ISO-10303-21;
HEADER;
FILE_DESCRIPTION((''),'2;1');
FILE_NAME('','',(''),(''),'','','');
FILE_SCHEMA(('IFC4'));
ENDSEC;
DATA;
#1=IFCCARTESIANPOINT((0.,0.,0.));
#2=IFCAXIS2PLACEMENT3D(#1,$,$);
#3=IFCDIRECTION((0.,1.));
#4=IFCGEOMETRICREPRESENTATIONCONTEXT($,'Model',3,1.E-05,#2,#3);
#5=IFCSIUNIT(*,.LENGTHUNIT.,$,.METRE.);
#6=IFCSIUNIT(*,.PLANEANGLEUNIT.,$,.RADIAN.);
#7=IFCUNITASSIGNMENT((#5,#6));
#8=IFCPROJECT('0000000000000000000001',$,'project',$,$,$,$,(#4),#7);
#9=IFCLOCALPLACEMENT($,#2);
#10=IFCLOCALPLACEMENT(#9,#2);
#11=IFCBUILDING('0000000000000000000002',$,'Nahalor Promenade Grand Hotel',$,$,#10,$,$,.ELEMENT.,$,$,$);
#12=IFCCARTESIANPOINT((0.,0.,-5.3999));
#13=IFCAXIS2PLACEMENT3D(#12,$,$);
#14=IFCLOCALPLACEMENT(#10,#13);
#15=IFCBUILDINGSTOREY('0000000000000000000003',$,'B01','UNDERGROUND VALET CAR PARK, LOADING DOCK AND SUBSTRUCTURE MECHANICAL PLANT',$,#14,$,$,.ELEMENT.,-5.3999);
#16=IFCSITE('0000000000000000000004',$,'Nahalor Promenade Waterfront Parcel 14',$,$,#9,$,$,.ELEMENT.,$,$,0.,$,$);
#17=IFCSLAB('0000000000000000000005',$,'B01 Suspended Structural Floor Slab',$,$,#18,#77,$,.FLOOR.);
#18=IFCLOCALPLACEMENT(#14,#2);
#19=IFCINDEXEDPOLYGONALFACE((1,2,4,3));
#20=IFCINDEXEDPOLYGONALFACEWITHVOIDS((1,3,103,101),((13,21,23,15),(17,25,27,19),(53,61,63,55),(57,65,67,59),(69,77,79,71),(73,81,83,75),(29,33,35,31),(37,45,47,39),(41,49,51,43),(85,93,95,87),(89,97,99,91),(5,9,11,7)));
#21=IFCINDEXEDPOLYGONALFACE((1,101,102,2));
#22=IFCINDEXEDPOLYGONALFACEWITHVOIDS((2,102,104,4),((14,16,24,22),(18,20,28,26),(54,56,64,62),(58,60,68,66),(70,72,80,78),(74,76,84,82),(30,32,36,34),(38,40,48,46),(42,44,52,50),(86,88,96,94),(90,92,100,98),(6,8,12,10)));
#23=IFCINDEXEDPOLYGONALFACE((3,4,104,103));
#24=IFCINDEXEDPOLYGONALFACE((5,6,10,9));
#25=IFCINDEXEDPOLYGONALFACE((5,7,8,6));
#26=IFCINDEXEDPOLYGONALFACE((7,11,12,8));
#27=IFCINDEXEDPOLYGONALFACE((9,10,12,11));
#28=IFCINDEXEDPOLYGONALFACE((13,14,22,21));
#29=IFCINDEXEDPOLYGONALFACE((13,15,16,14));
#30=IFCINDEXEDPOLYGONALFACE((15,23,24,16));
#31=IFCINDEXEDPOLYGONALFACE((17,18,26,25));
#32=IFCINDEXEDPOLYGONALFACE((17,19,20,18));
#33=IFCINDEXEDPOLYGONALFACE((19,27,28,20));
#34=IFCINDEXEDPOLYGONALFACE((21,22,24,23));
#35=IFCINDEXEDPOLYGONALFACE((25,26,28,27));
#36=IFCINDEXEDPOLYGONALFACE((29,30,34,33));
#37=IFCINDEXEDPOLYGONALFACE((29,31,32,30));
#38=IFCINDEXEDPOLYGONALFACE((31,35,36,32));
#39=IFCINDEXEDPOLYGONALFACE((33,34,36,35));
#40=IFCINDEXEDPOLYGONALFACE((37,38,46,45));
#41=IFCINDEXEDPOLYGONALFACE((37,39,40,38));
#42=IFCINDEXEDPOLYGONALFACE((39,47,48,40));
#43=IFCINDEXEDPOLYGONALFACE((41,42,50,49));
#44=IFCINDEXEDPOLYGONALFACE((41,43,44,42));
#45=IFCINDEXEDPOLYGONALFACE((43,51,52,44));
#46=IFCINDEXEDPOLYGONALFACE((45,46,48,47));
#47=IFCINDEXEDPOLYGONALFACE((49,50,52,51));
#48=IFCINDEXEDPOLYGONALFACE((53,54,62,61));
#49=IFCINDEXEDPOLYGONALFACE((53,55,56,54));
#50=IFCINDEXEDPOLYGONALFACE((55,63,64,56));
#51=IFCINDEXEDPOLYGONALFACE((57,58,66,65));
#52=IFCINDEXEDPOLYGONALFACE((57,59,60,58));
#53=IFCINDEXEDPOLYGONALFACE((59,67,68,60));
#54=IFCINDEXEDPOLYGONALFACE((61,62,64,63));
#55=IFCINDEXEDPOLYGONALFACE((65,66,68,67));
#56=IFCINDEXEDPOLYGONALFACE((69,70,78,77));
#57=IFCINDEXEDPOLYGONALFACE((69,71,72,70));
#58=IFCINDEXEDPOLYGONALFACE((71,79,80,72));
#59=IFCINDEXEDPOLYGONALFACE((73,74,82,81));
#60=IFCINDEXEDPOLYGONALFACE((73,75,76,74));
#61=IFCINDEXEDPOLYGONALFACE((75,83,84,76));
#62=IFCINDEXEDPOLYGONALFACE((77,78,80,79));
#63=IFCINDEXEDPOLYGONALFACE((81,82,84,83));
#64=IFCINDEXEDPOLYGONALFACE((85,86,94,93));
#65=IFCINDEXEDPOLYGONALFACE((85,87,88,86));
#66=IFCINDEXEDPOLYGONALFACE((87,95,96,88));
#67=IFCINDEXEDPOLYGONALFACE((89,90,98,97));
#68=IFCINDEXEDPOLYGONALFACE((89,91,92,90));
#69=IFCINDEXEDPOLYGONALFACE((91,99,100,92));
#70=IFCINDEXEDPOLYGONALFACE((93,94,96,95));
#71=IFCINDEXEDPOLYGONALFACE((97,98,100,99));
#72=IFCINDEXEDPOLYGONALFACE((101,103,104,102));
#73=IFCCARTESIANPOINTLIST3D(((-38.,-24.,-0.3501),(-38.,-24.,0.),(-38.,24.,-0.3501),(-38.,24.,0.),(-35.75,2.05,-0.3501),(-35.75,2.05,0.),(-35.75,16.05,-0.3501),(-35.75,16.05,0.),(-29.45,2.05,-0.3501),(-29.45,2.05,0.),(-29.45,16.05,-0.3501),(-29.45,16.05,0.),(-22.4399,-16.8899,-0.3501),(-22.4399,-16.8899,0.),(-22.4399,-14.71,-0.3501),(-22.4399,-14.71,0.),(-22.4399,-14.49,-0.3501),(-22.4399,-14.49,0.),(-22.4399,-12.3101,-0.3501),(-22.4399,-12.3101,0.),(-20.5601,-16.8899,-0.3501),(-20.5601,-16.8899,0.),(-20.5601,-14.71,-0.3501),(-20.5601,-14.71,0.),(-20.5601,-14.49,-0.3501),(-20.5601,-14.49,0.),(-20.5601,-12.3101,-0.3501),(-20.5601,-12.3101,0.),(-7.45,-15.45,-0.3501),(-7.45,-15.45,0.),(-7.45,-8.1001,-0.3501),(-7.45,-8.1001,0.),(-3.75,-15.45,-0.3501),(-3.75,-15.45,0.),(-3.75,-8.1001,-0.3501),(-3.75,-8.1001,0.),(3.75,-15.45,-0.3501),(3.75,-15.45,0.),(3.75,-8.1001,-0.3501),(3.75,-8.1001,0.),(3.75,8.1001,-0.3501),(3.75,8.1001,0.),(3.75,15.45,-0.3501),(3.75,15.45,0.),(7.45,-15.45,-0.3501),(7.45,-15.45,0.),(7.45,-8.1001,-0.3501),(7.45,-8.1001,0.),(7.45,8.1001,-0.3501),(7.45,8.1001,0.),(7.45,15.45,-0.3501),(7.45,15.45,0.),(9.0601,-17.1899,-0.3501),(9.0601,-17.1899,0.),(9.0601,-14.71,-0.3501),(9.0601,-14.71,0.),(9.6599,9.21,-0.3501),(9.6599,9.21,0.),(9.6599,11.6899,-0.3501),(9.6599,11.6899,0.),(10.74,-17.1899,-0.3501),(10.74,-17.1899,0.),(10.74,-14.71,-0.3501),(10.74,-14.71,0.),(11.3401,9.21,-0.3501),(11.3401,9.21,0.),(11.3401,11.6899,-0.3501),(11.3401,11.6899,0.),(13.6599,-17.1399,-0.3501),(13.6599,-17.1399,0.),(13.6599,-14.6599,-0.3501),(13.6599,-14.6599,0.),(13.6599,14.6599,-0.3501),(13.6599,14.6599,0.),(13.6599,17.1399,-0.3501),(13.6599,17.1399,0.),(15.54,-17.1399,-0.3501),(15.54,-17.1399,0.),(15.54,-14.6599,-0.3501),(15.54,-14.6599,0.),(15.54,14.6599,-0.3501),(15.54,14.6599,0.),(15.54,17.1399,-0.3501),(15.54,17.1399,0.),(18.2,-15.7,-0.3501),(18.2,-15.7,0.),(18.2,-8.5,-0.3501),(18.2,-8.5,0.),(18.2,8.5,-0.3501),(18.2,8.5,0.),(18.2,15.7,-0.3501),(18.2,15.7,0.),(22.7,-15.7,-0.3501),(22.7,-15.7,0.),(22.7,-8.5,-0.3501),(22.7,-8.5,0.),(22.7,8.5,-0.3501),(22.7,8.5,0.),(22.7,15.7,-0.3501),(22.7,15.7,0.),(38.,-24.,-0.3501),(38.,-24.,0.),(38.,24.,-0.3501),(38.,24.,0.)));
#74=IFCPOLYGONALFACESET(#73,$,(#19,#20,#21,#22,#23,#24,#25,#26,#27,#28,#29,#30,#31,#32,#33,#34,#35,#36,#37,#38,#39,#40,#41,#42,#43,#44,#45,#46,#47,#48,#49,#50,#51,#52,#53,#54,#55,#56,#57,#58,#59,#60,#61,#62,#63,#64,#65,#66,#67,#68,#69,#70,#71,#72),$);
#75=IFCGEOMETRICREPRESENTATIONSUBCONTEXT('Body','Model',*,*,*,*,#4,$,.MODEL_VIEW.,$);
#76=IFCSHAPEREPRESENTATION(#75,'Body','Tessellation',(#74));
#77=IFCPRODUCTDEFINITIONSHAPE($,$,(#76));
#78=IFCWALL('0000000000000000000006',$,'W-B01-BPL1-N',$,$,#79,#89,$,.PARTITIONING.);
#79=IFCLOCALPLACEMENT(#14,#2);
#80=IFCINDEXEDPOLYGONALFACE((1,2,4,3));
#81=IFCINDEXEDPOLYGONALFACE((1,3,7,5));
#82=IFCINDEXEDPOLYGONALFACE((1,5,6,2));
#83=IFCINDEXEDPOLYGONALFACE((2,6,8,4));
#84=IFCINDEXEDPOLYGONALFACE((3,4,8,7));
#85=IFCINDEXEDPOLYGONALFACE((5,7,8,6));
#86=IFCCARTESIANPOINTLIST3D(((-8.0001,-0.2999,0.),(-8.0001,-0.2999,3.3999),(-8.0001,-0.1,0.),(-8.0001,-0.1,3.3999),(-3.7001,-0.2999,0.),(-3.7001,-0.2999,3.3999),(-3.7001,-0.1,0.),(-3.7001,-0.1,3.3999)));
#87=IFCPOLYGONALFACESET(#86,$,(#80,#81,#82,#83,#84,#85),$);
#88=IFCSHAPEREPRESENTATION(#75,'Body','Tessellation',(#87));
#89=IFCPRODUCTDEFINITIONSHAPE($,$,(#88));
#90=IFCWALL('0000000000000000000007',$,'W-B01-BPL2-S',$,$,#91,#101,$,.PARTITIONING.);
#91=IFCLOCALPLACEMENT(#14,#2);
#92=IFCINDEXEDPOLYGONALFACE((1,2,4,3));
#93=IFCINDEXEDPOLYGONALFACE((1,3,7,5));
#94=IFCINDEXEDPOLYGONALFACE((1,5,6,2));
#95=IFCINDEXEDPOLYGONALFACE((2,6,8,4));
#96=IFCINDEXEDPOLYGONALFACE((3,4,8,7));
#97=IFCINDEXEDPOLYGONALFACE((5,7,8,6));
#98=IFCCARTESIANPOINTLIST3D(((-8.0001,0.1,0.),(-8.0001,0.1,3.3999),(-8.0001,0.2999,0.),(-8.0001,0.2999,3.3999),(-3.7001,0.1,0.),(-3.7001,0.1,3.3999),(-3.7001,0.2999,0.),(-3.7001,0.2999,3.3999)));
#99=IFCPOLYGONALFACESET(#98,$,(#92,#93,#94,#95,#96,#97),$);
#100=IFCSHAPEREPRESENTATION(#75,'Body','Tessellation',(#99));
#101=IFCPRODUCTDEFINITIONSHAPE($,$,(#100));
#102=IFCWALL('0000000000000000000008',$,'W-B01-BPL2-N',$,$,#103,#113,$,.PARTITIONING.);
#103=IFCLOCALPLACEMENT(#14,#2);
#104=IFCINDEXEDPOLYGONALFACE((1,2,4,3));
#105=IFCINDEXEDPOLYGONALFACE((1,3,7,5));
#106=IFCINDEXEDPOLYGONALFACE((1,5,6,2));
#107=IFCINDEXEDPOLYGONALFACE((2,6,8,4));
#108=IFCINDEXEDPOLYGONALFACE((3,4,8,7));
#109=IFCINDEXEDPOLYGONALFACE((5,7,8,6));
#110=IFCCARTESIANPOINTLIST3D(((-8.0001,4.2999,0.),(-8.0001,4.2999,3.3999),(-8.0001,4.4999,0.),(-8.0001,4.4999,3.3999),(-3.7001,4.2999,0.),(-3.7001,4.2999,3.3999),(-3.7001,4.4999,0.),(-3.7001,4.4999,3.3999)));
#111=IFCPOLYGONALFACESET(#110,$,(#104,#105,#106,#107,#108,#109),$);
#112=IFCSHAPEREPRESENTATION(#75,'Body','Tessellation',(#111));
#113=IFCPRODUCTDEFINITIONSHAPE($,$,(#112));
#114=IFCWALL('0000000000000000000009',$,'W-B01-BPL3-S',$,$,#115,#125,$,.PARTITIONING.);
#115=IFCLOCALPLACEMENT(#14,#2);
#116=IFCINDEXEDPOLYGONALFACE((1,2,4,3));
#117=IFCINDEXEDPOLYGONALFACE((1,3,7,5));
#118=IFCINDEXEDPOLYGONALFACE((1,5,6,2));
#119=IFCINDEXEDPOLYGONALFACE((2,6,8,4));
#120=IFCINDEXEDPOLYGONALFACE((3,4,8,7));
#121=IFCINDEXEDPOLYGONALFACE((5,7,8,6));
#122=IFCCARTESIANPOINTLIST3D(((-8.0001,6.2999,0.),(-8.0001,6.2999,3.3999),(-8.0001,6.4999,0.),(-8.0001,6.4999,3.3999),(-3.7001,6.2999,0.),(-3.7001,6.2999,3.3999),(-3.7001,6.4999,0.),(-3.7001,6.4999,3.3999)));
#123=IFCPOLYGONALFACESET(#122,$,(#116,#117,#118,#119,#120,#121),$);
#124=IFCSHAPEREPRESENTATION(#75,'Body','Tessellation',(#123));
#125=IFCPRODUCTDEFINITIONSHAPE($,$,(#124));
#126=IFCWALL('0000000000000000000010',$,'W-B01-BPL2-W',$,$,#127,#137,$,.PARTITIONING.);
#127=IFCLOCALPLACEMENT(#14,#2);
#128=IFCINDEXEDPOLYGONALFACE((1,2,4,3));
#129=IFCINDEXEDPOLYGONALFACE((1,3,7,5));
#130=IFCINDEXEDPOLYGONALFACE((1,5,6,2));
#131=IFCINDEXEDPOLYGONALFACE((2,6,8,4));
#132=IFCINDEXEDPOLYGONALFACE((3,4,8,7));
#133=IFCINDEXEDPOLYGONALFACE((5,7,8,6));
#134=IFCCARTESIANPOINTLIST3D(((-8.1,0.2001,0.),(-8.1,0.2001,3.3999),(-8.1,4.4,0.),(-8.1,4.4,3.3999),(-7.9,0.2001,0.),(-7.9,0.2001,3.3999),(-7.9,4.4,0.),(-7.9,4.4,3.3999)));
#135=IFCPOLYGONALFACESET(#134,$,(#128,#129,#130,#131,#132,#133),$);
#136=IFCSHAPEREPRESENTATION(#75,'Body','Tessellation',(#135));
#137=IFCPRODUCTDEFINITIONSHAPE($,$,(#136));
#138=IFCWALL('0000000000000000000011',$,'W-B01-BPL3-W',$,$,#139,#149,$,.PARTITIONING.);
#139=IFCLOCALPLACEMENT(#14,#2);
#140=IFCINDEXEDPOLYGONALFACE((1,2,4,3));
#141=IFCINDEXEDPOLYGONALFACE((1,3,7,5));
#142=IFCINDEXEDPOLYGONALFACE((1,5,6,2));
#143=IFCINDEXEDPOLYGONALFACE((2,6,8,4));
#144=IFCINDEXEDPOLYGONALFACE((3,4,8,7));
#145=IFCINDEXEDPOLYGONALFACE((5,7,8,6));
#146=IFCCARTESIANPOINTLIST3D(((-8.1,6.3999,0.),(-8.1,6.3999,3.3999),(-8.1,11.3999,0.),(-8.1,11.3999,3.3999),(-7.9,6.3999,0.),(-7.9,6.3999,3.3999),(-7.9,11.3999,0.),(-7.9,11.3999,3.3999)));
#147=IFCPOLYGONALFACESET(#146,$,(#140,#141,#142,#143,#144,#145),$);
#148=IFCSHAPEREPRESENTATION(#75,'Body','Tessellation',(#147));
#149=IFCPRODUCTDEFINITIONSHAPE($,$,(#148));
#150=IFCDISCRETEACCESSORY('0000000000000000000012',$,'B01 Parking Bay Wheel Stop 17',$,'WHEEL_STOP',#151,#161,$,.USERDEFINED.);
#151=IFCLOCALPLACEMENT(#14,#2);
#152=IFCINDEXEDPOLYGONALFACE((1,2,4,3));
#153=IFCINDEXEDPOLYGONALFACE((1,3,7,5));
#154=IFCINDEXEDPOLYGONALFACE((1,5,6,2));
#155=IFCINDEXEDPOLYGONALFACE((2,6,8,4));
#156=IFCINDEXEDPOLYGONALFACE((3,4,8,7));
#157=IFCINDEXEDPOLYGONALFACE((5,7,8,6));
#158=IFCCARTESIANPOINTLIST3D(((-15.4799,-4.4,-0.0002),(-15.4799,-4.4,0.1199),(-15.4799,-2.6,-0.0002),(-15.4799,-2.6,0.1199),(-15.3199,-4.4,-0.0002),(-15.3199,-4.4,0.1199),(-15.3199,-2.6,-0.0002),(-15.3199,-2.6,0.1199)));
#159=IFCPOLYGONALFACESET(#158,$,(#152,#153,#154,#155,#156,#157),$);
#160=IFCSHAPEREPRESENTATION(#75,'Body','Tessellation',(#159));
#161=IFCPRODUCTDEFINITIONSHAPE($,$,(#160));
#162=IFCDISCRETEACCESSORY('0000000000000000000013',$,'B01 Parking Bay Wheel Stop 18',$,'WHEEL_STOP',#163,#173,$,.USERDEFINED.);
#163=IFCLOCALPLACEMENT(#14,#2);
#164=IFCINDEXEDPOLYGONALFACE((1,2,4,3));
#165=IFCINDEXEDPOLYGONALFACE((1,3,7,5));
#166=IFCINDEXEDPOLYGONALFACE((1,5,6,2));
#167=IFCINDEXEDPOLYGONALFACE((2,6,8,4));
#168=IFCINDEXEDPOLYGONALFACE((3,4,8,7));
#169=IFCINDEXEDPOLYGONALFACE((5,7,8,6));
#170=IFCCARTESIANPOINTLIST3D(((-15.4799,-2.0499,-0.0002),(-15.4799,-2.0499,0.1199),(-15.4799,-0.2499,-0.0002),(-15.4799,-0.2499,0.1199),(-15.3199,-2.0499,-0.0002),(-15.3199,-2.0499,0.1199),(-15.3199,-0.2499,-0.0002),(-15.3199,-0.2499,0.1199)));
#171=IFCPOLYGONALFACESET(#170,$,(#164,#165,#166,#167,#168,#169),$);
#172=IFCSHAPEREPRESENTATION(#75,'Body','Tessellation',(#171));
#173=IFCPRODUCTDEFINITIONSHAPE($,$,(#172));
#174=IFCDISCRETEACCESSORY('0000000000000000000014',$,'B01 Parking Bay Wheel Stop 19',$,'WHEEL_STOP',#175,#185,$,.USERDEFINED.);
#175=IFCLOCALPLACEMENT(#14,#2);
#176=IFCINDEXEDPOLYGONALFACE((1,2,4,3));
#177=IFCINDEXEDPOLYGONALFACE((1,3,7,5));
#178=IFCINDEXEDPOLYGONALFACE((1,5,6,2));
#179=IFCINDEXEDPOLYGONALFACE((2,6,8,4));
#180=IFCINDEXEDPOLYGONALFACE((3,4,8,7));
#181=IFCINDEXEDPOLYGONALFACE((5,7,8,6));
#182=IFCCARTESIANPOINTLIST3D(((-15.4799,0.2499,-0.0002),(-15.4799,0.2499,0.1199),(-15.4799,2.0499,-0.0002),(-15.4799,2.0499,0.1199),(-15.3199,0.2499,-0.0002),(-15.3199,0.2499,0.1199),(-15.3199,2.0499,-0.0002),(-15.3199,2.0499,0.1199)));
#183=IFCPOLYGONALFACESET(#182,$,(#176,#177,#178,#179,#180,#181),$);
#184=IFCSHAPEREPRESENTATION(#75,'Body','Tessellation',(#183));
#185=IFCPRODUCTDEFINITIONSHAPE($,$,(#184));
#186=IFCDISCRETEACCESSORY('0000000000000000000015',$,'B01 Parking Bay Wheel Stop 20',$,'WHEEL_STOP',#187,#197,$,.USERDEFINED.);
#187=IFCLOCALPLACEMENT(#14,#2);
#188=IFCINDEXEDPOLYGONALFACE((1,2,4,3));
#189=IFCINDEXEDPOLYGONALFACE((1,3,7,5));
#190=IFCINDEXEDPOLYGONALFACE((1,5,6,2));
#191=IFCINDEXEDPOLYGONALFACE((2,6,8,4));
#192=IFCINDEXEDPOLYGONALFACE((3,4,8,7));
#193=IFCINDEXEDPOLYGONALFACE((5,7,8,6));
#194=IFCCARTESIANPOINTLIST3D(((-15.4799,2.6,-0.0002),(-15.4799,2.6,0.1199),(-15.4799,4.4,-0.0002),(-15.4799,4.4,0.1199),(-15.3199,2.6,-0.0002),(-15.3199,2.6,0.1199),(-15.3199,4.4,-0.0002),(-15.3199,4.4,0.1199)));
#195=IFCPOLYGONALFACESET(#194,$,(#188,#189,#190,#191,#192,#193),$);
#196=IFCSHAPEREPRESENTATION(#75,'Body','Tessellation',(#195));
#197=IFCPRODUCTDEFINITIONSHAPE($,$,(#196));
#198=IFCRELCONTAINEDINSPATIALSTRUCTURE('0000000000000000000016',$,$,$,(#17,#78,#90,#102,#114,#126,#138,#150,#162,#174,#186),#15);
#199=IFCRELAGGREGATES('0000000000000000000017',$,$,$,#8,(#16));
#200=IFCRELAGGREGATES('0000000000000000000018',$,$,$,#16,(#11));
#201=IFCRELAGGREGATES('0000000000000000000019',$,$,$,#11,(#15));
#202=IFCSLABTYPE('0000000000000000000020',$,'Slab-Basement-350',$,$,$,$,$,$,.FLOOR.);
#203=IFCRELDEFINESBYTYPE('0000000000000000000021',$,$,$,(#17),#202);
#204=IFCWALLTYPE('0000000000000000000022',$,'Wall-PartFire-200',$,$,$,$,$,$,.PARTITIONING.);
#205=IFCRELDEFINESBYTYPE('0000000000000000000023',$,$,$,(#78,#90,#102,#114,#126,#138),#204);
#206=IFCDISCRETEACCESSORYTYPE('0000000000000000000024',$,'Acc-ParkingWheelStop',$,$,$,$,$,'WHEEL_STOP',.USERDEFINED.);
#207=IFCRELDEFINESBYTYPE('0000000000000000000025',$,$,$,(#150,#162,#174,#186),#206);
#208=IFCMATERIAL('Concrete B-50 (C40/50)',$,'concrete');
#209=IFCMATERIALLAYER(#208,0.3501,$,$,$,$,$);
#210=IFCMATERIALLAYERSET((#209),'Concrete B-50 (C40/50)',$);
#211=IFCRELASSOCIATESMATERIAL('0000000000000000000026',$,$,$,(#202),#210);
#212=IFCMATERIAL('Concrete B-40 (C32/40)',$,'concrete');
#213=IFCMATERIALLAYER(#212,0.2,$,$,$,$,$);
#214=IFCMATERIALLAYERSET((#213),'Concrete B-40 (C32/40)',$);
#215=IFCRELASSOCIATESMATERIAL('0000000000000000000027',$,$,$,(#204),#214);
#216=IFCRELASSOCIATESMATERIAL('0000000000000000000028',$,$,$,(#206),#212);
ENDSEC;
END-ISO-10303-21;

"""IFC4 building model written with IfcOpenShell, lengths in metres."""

from ifc_helpers import new_model, si_unit, direction, frame, frame_2d, origin, origin_2d, place, context, subcontext, project, spatial, polyline, rectangle, outline, extrude, source, transform, mapped, material, layer, layer_set, type_object, element, save


model = new_model("IFC4")

# Units and contexts
model_context = context("Model", 3, precision=1e-05, world=origin(), true_north=direction((0.0, 1.0)))
body_context = subcontext(model_context, "Body", "Model", "MODEL_VIEW")
ifc_project = project(units=[si_unit("LENGTHUNIT", "METRE"), si_unit("PLANEANGLEUNIT", "RADIAN")], contexts=[model_context])

# Site, building, storey
site_placement = place(None, origin())
site = spatial("IfcSite", under=ifc_project, at=site_placement, Name="Nahalor Promenade Waterfront Parcel 14", CompositionType="ELEMENT", RefElevation=0.0)
building_placement = place(site_placement, origin())
building = spatial("IfcBuilding", under=site, at=building_placement, Name="Nahalor Promenade Grand Hotel", CompositionType="ELEMENT")
storey_placement = place(building_placement, frame((0.0, 0.0, -5.3999)))
storey = spatial("IfcBuildingStorey", under=building, at=storey_placement, Name="B01", Description="UNDERGROUND VALET CAR PARK, LOADING DOCK AND SUBSTRUCTURE MECHANICAL PLANT", CompositionType="ELEMENT", Elevation=-5.3999)

# Slab
ifc_material_1 = material(Name="Concrete B-50 (C40/50)", Category="concrete")
ifc_layer_1 = layer(ifc_material_1, 0.3501)
ifc_layer_set_1 = layer_set([ifc_layer_1], Name="Concrete B-50 (C40/50)")
slab_type = type_object("IfcSlabType", Name="Slab-Basement-350", PredefinedType="FLOOR", material=ifc_layer_set_1)
slab_placement = place(storey_placement, frame((0.0, 0.0, -0.3501)))
element("IfcSlab", 1, at=slab_placement, inside=storey, type_object=slab_type, Name="B01 Suspended Structural Floor Slab", PredefinedType="FLOOR", context=body_context, shape_type="SweptSolid", body=[
    extrude(outline(polyline([(-38.0, -24.0), (38.0, -24.0), (38.0, 24.0), (-38.0, 24.0), (-38.0, -24.0)]), holes=[polyline([(3.75, 8.1001), (7.45, 8.1001), (7.45, 15.45), (3.75, 15.45), (3.75, 8.1001)]), polyline([(3.75, -15.45), (7.45, -15.45), (7.45, -8.1001), (3.75, -8.1001), (3.75, -15.45)]), polyline([(-7.45, -15.45), (-3.75, -15.45), (-3.75, -8.1001), (-7.45, -8.1001), (-7.45, -15.45)]), polyline([(18.2, 8.5), (22.7, 8.5), (22.7, 15.7), (18.2, 15.7), (18.2, 8.5)]), polyline([(18.2, -15.7), (22.7, -15.7), (22.7, -8.5), (18.2, -8.5), (18.2, -15.7)]), polyline([(9.6599, 9.21), (11.3401, 9.21), (11.3401, 11.6899), (9.6599, 11.6899), (9.6599, 9.21)]), polyline([(9.0601, -17.1899), (10.74, -17.1899), (10.74, -14.71), (9.0601, -14.71), (9.0601, -17.1899)]), polyline([(13.6599, 14.6599), (15.54, 14.6599), (15.54, 17.1399), (13.6599, 17.1399), (13.6599, 14.6599)]), polyline([(13.6599, -17.1399), (15.54, -17.1399), (15.54, -14.6599), (13.6599, -14.6599), (13.6599, -17.1399)]), polyline([(-22.4399, -16.8899), (-20.5601, -16.8899), (-20.5601, -14.71), (-22.4399, -14.71), (-22.4399, -16.8899)]), polyline([(-22.4399, -14.49), (-20.5601, -14.49), (-20.5601, -12.3101), (-22.4399, -12.3101), (-22.4399, -14.49)]), polyline([(-35.75, 2.05), (-29.45, 2.05), (-29.45, 16.05), (-35.75, 16.05), (-35.75, 2.05)])]), origin(), (0.0, 0.0, 1.0), 0.3501),
])

# Walls
ifc_material_2 = material(Name="Concrete B-40 (C32/40)", Category="concrete")
ifc_layer_2 = layer(ifc_material_2, 0.2)
ifc_layer_set_2 = layer_set([ifc_layer_2], Name="Concrete B-40 (C32/40)")
wall_type = type_object("IfcWallType", Name="Wall-PartFire-200", PredefinedType="PARTITIONING", material=ifc_layer_set_2)
shared_shape_1 = source(origin(), body_context, "Body", "SweptSolid", [
    extrude(rectangle(XDim=4.3, YDim=0.2, at=frame_2d((2.1499, 0.0))), origin(), (0.0, 0.0, 1.0), 3.3999),
])
for number, where, z_axis, x_axis, name in (
    (2, (-8.0, -0.2, 0.0), (0.0, 0.0, 1.0), (1.0, 0.0, 0.0), "W-B01-BPL1-N"),
    (3, (-8.0, 0.2, 0.0), (0.0, 0.0, 1.0), (1.0, 0.0, 0.0), "W-B01-BPL2-S"),
    (4, (-8.0, 4.3999, 0.0), (0.0, 0.0, 1.0), (1.0, 0.0, 0.0), "W-B01-BPL2-N"),
    (5, (-8.0, 6.3999, 0.0), (0.0, 0.0, 1.0), (1.0, 0.0, 0.0), "W-B01-BPL3-S"),
):
    element("IfcWall", number, at=place(storey_placement, frame(where, z_axis=z_axis, x_axis=x_axis)), inside=storey, type_object=wall_type, Name=name, PredefinedType="PARTITIONING", context=body_context, shape_type="MappedRepresentation", body=[
        mapped(shared_shape_1, transform((0.0, 0.0, 0.0), scale=1.0)),
    ])
shared_shape_2 = source(origin(), body_context, "Body", "SweptSolid", [
    extrude(rectangle(XDim=4.2, YDim=0.2, at=frame_2d((2.1001, 0.0))), origin(), (0.0, 0.0, 1.0), 3.3999),
])
wall_1_placement = place(storey_placement, frame((-8.0, 0.2, 0.0), z_axis=(0.0, 0.0, 1.0), x_axis=(0.0, 1.0, 0.0)))
element("IfcWall", 6, at=wall_1_placement, inside=storey, type_object=wall_type, Name="W-B01-BPL2-W", PredefinedType="PARTITIONING", context=body_context, shape_type="MappedRepresentation", body=[
    mapped(shared_shape_2, transform((0.0, 0.0, 0.0), scale=1.0)),
])

# Wall
shared_shape_3 = source(origin(), body_context, "Body", "SweptSolid", [
    extrude(rectangle(XDim=5.0, YDim=0.2, at=frame_2d((2.5, 0.0))), origin(), (0.0, 0.0, 1.0), 3.3999),
])
wall_2_placement = place(storey_placement, frame((-8.0, 6.3999, 0.0), z_axis=(0.0, 0.0, 1.0), x_axis=(0.0, 1.0, 0.0)))
element("IfcWall", 7, at=wall_2_placement, inside=storey, type_object=wall_type, Name="W-B01-BPL3-W", PredefinedType="PARTITIONING", context=body_context, shape_type="MappedRepresentation", body=[
    mapped(shared_shape_3, transform((0.0, 0.0, 0.0), scale=1.0)),
])

# Discrete accessories
discrete_accessory_type = type_object("IfcDiscreteAccessoryType", Name="Acc-ParkingWheelStop", ElementType="WHEEL_STOP", PredefinedType="USERDEFINED", material=ifc_material_2)
shared_shape_4 = source(origin(), body_context, "Body", "SweptSolid", [
    extrude(rectangle(XDim=1.8, YDim=0.1599, at=origin_2d()), origin(), (0.0, 0.0, 1.0), 0.1201),
])
for number, where, z_axis, x_axis, name in (
    (8, (-15.3999, -3.5, -0.0002), (0.0, 0.0, 1.0), (0.0, 1.0, 0.0), "B01 Parking Bay Wheel Stop 17"),
    (9, (-15.3999, -1.1499, -0.0002), (0.0, 0.0, 1.0), (0.0, 1.0, 0.0), "B01 Parking Bay Wheel Stop 18"),
    (10, (-15.3999, 1.1499, -0.0002), (0.0, 0.0, 1.0), (0.0, 1.0, 0.0), "B01 Parking Bay Wheel Stop 19"),
    (11, (-15.3999, 3.5, -0.0002), (0.0, 0.0, 1.0), (0.0, 1.0, 0.0), "B01 Parking Bay Wheel Stop 20"),
):
    element("IfcDiscreteAccessory", number, at=place(storey_placement, frame(where, z_axis=z_axis, x_axis=x_axis)), inside=storey, type_object=discrete_accessory_type, Name=name, ObjectType="WHEEL_STOP", PredefinedType="USERDEFINED", context=body_context, shape_type="MappedRepresentation", body=[
        mapped(shared_shape_4, transform((0.0, 0.0, 0.0), scale=1.0)),
    ])

save(model, "model.ifc")
